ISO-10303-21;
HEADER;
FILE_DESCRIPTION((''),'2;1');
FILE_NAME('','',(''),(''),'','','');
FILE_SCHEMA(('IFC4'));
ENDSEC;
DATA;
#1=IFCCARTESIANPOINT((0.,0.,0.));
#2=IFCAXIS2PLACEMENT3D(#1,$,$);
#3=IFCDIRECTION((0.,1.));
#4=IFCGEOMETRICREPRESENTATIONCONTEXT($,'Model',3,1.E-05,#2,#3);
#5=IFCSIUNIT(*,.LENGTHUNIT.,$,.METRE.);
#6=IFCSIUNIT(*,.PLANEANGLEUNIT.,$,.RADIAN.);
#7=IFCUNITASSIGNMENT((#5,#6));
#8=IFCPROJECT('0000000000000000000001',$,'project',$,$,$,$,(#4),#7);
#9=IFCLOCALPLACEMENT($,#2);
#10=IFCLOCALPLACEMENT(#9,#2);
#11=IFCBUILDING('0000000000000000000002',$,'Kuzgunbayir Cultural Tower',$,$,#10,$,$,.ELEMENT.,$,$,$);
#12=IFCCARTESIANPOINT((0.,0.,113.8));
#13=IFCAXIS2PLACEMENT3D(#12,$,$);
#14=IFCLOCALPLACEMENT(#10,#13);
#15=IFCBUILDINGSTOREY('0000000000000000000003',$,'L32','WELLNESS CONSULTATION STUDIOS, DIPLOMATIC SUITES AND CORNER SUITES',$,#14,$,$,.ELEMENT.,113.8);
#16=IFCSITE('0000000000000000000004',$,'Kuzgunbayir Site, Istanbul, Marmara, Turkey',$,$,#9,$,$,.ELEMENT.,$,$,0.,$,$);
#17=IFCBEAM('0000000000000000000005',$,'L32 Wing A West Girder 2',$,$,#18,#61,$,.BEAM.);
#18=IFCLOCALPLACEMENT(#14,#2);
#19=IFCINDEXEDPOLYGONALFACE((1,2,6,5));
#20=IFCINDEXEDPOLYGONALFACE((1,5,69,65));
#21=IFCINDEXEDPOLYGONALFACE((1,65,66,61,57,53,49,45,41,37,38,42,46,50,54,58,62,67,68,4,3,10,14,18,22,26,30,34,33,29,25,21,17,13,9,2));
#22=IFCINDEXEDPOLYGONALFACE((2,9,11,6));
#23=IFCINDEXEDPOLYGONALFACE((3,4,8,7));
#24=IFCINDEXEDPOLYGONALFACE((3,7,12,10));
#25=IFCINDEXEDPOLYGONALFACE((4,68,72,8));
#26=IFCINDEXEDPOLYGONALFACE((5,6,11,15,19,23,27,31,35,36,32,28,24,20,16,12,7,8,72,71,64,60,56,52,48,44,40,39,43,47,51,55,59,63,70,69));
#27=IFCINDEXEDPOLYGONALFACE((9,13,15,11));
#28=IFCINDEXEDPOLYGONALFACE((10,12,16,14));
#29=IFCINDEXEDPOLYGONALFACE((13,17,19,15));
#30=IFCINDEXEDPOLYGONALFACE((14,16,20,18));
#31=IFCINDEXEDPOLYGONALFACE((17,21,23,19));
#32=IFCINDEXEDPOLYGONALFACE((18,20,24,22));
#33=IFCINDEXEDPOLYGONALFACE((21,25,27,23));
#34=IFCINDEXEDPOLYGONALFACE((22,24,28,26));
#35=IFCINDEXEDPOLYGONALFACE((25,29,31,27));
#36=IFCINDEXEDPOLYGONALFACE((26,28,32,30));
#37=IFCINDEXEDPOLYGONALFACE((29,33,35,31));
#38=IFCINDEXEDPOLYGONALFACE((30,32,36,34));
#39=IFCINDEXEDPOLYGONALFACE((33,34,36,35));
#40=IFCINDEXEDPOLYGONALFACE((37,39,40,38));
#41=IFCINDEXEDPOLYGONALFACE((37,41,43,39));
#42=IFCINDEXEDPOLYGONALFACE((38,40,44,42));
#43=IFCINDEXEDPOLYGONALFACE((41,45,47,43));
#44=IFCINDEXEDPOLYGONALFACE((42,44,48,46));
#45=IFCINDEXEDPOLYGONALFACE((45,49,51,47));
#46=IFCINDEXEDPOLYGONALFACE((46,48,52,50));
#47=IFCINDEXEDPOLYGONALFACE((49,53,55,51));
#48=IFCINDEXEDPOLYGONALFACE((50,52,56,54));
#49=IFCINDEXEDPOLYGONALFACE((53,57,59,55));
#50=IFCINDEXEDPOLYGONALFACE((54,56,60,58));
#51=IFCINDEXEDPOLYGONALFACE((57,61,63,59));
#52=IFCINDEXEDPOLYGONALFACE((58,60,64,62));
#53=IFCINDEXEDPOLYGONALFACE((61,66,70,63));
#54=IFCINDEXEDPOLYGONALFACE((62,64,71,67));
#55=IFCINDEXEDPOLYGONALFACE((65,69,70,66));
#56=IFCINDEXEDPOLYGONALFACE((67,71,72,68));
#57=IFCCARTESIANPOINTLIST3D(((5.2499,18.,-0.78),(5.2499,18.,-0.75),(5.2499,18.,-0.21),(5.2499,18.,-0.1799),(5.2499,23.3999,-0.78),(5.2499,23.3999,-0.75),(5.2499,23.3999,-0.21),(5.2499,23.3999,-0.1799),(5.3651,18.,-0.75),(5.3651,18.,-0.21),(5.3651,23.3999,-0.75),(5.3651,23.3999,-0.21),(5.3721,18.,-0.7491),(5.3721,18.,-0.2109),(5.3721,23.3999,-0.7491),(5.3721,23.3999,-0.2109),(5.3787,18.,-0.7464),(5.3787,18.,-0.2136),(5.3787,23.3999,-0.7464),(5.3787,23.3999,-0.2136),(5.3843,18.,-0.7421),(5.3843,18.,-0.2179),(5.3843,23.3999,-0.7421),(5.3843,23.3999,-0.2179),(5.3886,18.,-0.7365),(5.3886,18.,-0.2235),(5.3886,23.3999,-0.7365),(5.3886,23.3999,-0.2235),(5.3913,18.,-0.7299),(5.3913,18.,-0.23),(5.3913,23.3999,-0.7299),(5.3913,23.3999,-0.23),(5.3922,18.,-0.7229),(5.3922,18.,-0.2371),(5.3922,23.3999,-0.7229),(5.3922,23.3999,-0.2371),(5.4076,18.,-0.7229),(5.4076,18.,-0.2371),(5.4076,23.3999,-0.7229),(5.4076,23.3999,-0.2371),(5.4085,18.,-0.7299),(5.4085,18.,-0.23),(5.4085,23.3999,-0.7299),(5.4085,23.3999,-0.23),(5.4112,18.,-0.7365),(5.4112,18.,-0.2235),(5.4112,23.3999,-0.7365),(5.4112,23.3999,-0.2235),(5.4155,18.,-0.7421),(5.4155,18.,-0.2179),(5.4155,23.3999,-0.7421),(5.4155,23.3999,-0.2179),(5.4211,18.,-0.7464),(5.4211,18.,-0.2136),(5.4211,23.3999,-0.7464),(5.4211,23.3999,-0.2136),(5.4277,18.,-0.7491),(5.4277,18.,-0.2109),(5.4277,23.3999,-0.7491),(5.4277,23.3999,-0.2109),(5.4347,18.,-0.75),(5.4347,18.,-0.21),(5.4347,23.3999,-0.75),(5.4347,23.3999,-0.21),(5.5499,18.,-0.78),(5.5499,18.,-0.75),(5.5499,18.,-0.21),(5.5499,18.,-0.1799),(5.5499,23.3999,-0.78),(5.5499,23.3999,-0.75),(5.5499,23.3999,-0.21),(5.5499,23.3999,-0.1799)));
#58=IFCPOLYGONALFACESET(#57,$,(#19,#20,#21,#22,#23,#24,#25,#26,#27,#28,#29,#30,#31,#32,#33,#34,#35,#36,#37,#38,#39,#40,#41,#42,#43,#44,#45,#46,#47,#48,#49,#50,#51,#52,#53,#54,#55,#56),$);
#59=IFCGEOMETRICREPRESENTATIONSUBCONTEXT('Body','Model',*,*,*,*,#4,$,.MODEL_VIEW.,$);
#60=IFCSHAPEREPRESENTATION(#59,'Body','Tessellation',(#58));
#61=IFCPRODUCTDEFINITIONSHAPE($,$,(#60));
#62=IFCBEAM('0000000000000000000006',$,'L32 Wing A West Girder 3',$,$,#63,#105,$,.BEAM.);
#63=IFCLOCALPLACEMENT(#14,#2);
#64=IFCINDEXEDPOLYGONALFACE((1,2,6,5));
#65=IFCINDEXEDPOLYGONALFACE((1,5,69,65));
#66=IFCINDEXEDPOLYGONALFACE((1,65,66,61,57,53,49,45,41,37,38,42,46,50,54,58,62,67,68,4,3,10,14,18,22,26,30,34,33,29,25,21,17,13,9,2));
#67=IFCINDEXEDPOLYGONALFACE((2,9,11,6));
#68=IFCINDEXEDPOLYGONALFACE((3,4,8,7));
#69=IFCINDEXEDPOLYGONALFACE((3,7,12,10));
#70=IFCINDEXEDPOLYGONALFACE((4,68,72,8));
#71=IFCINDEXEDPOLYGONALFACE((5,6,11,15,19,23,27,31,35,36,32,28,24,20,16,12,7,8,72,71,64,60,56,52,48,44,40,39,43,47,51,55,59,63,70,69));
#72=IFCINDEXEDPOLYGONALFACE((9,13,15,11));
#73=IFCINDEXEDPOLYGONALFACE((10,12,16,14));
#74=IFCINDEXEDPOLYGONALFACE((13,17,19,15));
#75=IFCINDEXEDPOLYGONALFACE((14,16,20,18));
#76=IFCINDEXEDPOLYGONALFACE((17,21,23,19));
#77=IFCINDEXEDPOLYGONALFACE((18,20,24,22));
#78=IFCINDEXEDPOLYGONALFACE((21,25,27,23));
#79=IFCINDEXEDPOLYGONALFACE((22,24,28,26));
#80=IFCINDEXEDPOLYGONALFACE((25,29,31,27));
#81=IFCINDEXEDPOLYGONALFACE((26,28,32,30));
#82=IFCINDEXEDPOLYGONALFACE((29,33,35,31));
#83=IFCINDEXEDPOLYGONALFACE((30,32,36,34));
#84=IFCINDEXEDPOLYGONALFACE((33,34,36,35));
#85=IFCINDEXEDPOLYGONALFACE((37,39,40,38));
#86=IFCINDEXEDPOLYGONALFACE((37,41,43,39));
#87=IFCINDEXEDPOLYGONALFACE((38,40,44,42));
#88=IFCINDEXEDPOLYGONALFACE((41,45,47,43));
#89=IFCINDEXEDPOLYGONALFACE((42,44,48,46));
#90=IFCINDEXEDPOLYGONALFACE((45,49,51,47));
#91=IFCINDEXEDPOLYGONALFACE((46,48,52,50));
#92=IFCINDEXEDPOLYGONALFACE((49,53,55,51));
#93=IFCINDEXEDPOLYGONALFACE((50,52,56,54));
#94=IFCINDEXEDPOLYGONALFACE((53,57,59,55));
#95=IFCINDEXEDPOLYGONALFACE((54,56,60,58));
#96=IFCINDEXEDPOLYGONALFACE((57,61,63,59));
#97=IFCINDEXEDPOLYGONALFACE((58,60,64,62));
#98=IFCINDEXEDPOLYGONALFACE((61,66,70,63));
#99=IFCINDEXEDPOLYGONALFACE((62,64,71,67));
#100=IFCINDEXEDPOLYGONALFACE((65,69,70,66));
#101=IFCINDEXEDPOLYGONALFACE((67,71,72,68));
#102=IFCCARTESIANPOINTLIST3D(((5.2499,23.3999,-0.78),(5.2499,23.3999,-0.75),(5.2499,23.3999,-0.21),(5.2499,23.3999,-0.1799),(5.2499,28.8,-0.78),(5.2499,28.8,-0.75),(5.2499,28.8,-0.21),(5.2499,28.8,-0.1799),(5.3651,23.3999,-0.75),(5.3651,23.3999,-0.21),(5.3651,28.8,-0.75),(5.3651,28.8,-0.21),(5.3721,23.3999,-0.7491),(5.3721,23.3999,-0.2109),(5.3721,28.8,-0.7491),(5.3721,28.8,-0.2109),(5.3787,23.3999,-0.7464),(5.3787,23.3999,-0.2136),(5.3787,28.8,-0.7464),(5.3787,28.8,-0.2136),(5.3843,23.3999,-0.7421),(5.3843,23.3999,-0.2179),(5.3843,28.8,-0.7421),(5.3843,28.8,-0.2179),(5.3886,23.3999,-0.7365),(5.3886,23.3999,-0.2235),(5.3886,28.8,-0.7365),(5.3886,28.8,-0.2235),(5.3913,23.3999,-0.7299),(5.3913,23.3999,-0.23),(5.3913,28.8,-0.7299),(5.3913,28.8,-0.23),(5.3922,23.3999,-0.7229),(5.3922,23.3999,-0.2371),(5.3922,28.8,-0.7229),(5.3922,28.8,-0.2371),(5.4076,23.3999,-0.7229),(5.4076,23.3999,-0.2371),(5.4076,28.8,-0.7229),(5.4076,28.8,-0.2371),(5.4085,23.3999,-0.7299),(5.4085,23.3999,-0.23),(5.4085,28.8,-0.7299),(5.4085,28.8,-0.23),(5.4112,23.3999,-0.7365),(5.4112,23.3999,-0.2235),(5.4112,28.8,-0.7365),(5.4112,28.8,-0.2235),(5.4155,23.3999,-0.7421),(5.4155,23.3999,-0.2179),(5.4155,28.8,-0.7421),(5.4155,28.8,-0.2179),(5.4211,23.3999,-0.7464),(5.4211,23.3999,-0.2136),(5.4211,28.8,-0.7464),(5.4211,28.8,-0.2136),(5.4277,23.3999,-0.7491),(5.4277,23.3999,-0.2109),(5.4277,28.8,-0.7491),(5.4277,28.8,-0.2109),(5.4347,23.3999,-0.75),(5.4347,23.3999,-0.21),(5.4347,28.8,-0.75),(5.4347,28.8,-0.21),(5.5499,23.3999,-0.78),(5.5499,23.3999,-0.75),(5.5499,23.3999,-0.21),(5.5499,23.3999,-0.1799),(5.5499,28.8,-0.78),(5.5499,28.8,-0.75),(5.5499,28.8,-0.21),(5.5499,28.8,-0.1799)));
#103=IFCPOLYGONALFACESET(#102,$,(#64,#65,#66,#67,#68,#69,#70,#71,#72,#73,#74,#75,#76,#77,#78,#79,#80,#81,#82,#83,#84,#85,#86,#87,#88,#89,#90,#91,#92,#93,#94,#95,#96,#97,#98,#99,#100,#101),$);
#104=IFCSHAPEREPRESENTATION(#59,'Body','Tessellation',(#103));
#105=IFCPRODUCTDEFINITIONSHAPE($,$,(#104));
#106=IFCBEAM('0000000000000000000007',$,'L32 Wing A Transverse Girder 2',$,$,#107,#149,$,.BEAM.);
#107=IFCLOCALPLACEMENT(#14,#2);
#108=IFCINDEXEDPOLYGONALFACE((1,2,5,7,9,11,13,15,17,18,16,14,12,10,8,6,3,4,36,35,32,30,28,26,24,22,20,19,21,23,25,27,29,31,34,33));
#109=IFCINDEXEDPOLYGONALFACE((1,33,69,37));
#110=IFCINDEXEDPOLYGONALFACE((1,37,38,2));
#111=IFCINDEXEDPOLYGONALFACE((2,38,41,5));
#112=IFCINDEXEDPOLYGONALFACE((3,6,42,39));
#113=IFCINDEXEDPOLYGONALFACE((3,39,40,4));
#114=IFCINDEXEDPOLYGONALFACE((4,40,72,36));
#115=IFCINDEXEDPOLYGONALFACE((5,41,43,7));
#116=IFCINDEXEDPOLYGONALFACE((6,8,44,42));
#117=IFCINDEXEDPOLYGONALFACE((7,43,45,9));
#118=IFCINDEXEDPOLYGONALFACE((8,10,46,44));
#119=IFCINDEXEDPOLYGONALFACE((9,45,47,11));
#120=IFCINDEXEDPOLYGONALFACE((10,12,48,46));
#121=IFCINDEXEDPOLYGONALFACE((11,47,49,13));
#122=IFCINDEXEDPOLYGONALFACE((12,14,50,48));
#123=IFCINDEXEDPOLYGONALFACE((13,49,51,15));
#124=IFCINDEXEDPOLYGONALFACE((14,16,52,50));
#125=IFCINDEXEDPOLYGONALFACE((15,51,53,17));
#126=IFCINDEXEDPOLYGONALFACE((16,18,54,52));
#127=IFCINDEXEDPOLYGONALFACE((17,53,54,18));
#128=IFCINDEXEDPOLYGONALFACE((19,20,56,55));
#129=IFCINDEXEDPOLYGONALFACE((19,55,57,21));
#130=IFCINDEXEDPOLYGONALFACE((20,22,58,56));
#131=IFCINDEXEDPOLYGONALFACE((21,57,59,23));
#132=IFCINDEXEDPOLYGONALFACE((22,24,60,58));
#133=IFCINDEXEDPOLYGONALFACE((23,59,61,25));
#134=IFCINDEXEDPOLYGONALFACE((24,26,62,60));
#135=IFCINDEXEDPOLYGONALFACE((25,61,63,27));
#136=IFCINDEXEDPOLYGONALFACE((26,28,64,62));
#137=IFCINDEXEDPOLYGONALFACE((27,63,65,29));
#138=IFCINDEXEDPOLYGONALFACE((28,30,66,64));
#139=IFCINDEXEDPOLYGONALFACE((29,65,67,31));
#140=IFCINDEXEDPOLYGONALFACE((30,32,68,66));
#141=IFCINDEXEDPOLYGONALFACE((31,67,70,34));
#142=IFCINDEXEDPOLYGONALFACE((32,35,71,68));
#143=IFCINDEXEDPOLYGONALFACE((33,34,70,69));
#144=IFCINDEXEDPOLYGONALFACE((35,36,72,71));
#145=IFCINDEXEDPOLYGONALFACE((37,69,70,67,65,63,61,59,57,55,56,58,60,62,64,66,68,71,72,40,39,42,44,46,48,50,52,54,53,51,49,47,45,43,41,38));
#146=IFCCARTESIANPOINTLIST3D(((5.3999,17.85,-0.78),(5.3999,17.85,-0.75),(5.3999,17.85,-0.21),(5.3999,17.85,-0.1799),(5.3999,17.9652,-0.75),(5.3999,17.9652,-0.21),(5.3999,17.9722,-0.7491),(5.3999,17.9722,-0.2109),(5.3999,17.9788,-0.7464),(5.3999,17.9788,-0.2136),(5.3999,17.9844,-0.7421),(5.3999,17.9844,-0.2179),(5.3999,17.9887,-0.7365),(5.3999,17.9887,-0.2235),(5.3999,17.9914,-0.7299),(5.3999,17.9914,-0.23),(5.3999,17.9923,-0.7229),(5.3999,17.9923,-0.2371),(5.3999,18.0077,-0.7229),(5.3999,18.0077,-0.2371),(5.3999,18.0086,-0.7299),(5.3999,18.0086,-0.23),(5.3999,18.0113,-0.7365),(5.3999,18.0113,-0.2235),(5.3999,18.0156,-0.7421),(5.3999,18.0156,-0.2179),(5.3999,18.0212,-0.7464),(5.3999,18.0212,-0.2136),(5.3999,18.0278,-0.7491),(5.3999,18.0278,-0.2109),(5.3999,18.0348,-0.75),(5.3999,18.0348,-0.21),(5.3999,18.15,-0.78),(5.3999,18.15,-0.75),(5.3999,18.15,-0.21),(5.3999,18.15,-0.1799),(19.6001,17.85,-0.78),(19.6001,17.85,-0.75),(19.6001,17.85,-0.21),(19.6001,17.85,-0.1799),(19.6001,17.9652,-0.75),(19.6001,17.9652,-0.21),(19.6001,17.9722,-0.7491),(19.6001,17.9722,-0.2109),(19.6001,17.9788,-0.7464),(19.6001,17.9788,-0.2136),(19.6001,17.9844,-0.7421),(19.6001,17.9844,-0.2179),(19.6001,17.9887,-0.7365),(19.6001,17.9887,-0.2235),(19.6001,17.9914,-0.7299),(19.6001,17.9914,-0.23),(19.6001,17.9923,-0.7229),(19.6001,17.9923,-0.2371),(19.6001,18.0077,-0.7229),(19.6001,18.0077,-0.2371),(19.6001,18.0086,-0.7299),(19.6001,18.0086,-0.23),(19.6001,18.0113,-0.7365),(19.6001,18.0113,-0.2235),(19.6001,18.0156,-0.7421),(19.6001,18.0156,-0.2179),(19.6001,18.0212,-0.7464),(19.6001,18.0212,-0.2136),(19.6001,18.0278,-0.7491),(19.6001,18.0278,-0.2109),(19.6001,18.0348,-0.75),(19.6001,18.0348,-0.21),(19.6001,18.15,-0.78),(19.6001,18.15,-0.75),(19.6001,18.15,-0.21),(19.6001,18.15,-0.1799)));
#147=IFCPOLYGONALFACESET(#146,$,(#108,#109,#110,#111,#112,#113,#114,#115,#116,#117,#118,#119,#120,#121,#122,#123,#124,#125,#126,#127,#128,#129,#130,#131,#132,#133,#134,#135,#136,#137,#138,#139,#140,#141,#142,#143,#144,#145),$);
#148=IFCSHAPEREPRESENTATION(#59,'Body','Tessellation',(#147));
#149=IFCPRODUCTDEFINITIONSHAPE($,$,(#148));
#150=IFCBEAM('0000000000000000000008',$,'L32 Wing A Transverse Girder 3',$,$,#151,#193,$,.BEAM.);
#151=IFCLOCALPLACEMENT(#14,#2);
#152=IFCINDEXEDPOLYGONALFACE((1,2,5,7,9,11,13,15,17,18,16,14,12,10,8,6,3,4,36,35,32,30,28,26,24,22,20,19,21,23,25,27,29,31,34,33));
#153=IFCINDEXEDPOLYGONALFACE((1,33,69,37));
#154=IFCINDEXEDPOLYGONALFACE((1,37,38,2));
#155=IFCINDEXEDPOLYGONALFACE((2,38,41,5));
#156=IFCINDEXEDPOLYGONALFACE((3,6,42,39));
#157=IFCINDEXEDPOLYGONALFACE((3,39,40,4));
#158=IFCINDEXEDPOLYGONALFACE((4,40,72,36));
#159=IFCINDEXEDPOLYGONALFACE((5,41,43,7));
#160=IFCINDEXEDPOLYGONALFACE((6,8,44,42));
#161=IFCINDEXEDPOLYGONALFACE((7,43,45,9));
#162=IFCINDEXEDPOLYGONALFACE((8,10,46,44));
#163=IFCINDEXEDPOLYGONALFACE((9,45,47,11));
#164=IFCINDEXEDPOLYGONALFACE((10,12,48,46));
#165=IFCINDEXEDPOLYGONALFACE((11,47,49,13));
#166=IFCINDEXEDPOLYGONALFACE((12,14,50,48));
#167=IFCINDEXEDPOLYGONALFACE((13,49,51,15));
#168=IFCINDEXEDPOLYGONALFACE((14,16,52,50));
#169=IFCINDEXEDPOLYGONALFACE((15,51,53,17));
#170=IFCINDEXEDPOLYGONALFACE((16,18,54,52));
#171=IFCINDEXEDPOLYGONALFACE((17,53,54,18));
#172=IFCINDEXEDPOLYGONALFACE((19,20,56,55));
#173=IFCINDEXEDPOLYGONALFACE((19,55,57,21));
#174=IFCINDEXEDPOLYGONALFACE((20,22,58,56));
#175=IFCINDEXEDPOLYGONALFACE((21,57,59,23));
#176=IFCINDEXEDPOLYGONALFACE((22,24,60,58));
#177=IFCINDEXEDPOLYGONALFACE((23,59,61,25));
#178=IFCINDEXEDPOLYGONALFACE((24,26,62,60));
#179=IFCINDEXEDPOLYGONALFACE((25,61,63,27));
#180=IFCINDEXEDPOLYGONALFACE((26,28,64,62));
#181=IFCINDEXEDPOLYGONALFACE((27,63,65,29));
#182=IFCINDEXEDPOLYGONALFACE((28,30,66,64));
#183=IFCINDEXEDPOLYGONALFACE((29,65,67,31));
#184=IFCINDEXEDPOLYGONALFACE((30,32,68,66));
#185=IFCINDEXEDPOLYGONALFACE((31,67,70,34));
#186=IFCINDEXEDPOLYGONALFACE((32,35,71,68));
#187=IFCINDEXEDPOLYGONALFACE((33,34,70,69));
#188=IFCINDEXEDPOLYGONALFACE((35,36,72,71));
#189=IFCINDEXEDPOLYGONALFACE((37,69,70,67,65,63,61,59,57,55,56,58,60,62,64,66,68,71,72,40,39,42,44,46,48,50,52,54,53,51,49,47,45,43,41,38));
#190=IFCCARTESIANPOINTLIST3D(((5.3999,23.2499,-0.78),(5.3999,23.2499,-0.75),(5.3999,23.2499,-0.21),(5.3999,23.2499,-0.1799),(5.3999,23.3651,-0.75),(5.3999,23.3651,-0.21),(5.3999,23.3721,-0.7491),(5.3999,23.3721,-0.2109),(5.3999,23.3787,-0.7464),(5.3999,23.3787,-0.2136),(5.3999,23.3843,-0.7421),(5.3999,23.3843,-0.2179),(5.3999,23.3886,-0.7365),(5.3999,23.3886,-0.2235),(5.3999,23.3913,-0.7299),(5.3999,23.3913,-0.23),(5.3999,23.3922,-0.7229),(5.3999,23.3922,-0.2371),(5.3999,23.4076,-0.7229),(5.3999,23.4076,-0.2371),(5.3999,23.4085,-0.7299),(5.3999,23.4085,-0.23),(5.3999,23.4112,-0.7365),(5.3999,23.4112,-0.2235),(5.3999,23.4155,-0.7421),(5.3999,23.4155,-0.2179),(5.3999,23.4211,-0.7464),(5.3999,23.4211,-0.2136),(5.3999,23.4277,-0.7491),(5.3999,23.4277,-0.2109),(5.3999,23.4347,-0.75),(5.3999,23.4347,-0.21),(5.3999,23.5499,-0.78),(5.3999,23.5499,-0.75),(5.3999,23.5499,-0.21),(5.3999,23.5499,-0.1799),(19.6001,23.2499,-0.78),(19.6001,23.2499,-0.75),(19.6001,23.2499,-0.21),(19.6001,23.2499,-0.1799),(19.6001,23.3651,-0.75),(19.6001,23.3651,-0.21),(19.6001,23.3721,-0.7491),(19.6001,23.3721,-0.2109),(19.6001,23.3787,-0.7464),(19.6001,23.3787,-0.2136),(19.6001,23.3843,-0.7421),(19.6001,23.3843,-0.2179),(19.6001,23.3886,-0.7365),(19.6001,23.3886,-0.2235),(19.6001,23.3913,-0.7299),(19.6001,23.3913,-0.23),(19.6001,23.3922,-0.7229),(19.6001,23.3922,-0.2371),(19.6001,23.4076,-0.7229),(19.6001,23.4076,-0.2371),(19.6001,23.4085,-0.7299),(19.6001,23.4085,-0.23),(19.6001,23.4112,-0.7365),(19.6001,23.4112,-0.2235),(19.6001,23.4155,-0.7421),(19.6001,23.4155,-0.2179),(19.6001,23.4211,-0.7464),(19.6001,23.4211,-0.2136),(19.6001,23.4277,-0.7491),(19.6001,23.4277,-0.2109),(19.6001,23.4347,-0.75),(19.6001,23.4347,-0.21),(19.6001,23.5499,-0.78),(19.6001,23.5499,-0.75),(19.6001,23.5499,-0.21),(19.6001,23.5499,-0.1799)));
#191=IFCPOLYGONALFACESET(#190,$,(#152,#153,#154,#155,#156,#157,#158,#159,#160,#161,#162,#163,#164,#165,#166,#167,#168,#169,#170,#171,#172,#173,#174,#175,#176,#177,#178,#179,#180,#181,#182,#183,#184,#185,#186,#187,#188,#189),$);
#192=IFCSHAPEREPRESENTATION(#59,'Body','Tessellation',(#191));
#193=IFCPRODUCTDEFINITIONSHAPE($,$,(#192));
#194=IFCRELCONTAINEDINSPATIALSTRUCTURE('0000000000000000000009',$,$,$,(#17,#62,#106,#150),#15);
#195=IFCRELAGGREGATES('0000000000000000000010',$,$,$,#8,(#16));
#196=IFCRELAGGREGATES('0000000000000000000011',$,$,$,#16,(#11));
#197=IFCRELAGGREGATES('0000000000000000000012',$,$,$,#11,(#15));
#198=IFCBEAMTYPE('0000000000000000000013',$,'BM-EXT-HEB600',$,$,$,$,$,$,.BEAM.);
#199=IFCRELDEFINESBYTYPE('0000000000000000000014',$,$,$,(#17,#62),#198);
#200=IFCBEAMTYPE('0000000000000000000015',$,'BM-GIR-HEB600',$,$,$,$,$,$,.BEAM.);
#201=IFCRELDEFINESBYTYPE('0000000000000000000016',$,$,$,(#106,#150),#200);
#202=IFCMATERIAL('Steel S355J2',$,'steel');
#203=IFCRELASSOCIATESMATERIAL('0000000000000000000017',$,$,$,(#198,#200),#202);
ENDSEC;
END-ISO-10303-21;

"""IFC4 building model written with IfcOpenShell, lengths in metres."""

from ifc_helpers import new_model, si_unit, direction, frame, origin, origin_2d, place, context, subcontext, project, spatial, i_section, extrude, material, material_profile, profile_set, type_object, element, save


model = new_model("IFC4")

# Units and contexts
model_context = context("Model", 3, precision=1e-05, world=origin(), true_north=direction((0.0, 1.0)))
body_context = subcontext(model_context, "Body", "Model", "MODEL_VIEW")
ifc_project = project(units=[si_unit("LENGTHUNIT", "METRE"), si_unit("PLANEANGLEUNIT", "RADIAN")], contexts=[model_context])

# Site, building, storey
site_placement = place(None, origin())
site = spatial("IfcSite", under=ifc_project, at=site_placement, Name="Kuzgunbayir Site, Istanbul, Marmara, Turkey", CompositionType="ELEMENT", RefElevation=0.0)
building_placement = place(site_placement, origin())
building = spatial("IfcBuilding", under=site, at=building_placement, Name="Kuzgunbayir Cultural Tower", CompositionType="ELEMENT")
storey_placement = place(building_placement, frame((0.0, 0.0, 113.8)))
storey = spatial("IfcBuildingStorey", under=building, at=storey_placement, Name="L32", Description="WELLNESS CONSULTATION STUDIOS, DIPLOMATIC SUITES AND CORNER SUITES", CompositionType="ELEMENT", Elevation=113.8)

# Beams
ifc_material_1 = material(Name="Steel S355J2", Category="steel")
ifc_material_profile_1 = material_profile(ifc_material_1, i_section(OverallWidth=0.3, OverallDepth=0.6001, WebThickness=0.0154, FlangeThickness=0.03, FilletRadius=0.0271, at=origin_2d()), Name="HEB 600")
ifc_profile_set_1 = profile_set([ifc_material_profile_1], Name="Steel S355J2")
beam_type_1 = type_object("IfcBeamType", Name="BM-EXT-HEB600", PredefinedType="BEAM", material=ifc_profile_set_1)
beam_1_placement = place(storey_placement, frame((5.3999, 18.0, -0.48), z_axis=(0.0, 1.0, 0.0), x_axis=(-1.0, 0.0, 0.0)))
element("IfcBeam", 1, at=beam_1_placement, inside=storey, type_object=beam_type_1, Name="L32 Wing A West Girder 2", PredefinedType="BEAM", context=body_context, shape_type="SweptSolid", body=[
    extrude(i_section(OverallWidth=0.3, OverallDepth=0.6001, WebThickness=0.0154, FlangeThickness=0.03, FilletRadius=0.0271, at=origin_2d()), origin(), (0.0, 0.0, 1.0), 5.3999),
])
beam_2_placement = place(storey_placement, frame((5.3999, 23.3999, -0.48), z_axis=(0.0, 1.0, 0.0), x_axis=(-1.0, 0.0, 0.0)))
element("IfcBeam", 2, at=beam_2_placement, inside=storey, type_object=beam_type_1, Name="L32 Wing A West Girder 3", PredefinedType="BEAM", context=body_context, shape_type="SweptSolid", body=[
    extrude(i_section(OverallWidth=0.3, OverallDepth=0.6001, WebThickness=0.0154, FlangeThickness=0.03, FilletRadius=0.0271, at=origin_2d()), origin(), (0.0, 0.0, 1.0), 5.4001),
])
ifc_material_profile_2 = material_profile(ifc_material_1, i_section(OverallWidth=0.3, OverallDepth=0.6001, WebThickness=0.0154, FlangeThickness=0.03, FilletRadius=0.0271, at=origin_2d()), Name="HEB 600")
ifc_profile_set_2 = profile_set([ifc_material_profile_2], Name="Steel S355J2")
beam_type_2 = type_object("IfcBeamType", Name="BM-GIR-HEB600", PredefinedType="BEAM", material=ifc_profile_set_2)
for number, where, z_axis, x_axis, name in (
    (3, (5.3999, 18.0, -0.48), (1.0, 0.0, 0.0), (0.0, 1.0, 0.0), "L32 Wing A Transverse Girder 2"),
    (4, (5.3999, 23.3999, -0.48), (1.0, 0.0, 0.0), (0.0, 1.0, 0.0), "L32 Wing A Transverse Girder 3"),
):
    element("IfcBeam", number, at=place(storey_placement, frame(where, z_axis=z_axis, x_axis=x_axis)), inside=storey, type_object=beam_type_2, Name=name, PredefinedType="BEAM", context=body_context, shape_type="SweptSolid", body=[
        extrude(i_section(OverallWidth=0.3, OverallDepth=0.6001, WebThickness=0.0154, FlangeThickness=0.03, FilletRadius=0.0271, at=origin_2d()), origin(), (0.0, 0.0, 1.0), 14.2002),
    ])

save(model, "model.ifc")
